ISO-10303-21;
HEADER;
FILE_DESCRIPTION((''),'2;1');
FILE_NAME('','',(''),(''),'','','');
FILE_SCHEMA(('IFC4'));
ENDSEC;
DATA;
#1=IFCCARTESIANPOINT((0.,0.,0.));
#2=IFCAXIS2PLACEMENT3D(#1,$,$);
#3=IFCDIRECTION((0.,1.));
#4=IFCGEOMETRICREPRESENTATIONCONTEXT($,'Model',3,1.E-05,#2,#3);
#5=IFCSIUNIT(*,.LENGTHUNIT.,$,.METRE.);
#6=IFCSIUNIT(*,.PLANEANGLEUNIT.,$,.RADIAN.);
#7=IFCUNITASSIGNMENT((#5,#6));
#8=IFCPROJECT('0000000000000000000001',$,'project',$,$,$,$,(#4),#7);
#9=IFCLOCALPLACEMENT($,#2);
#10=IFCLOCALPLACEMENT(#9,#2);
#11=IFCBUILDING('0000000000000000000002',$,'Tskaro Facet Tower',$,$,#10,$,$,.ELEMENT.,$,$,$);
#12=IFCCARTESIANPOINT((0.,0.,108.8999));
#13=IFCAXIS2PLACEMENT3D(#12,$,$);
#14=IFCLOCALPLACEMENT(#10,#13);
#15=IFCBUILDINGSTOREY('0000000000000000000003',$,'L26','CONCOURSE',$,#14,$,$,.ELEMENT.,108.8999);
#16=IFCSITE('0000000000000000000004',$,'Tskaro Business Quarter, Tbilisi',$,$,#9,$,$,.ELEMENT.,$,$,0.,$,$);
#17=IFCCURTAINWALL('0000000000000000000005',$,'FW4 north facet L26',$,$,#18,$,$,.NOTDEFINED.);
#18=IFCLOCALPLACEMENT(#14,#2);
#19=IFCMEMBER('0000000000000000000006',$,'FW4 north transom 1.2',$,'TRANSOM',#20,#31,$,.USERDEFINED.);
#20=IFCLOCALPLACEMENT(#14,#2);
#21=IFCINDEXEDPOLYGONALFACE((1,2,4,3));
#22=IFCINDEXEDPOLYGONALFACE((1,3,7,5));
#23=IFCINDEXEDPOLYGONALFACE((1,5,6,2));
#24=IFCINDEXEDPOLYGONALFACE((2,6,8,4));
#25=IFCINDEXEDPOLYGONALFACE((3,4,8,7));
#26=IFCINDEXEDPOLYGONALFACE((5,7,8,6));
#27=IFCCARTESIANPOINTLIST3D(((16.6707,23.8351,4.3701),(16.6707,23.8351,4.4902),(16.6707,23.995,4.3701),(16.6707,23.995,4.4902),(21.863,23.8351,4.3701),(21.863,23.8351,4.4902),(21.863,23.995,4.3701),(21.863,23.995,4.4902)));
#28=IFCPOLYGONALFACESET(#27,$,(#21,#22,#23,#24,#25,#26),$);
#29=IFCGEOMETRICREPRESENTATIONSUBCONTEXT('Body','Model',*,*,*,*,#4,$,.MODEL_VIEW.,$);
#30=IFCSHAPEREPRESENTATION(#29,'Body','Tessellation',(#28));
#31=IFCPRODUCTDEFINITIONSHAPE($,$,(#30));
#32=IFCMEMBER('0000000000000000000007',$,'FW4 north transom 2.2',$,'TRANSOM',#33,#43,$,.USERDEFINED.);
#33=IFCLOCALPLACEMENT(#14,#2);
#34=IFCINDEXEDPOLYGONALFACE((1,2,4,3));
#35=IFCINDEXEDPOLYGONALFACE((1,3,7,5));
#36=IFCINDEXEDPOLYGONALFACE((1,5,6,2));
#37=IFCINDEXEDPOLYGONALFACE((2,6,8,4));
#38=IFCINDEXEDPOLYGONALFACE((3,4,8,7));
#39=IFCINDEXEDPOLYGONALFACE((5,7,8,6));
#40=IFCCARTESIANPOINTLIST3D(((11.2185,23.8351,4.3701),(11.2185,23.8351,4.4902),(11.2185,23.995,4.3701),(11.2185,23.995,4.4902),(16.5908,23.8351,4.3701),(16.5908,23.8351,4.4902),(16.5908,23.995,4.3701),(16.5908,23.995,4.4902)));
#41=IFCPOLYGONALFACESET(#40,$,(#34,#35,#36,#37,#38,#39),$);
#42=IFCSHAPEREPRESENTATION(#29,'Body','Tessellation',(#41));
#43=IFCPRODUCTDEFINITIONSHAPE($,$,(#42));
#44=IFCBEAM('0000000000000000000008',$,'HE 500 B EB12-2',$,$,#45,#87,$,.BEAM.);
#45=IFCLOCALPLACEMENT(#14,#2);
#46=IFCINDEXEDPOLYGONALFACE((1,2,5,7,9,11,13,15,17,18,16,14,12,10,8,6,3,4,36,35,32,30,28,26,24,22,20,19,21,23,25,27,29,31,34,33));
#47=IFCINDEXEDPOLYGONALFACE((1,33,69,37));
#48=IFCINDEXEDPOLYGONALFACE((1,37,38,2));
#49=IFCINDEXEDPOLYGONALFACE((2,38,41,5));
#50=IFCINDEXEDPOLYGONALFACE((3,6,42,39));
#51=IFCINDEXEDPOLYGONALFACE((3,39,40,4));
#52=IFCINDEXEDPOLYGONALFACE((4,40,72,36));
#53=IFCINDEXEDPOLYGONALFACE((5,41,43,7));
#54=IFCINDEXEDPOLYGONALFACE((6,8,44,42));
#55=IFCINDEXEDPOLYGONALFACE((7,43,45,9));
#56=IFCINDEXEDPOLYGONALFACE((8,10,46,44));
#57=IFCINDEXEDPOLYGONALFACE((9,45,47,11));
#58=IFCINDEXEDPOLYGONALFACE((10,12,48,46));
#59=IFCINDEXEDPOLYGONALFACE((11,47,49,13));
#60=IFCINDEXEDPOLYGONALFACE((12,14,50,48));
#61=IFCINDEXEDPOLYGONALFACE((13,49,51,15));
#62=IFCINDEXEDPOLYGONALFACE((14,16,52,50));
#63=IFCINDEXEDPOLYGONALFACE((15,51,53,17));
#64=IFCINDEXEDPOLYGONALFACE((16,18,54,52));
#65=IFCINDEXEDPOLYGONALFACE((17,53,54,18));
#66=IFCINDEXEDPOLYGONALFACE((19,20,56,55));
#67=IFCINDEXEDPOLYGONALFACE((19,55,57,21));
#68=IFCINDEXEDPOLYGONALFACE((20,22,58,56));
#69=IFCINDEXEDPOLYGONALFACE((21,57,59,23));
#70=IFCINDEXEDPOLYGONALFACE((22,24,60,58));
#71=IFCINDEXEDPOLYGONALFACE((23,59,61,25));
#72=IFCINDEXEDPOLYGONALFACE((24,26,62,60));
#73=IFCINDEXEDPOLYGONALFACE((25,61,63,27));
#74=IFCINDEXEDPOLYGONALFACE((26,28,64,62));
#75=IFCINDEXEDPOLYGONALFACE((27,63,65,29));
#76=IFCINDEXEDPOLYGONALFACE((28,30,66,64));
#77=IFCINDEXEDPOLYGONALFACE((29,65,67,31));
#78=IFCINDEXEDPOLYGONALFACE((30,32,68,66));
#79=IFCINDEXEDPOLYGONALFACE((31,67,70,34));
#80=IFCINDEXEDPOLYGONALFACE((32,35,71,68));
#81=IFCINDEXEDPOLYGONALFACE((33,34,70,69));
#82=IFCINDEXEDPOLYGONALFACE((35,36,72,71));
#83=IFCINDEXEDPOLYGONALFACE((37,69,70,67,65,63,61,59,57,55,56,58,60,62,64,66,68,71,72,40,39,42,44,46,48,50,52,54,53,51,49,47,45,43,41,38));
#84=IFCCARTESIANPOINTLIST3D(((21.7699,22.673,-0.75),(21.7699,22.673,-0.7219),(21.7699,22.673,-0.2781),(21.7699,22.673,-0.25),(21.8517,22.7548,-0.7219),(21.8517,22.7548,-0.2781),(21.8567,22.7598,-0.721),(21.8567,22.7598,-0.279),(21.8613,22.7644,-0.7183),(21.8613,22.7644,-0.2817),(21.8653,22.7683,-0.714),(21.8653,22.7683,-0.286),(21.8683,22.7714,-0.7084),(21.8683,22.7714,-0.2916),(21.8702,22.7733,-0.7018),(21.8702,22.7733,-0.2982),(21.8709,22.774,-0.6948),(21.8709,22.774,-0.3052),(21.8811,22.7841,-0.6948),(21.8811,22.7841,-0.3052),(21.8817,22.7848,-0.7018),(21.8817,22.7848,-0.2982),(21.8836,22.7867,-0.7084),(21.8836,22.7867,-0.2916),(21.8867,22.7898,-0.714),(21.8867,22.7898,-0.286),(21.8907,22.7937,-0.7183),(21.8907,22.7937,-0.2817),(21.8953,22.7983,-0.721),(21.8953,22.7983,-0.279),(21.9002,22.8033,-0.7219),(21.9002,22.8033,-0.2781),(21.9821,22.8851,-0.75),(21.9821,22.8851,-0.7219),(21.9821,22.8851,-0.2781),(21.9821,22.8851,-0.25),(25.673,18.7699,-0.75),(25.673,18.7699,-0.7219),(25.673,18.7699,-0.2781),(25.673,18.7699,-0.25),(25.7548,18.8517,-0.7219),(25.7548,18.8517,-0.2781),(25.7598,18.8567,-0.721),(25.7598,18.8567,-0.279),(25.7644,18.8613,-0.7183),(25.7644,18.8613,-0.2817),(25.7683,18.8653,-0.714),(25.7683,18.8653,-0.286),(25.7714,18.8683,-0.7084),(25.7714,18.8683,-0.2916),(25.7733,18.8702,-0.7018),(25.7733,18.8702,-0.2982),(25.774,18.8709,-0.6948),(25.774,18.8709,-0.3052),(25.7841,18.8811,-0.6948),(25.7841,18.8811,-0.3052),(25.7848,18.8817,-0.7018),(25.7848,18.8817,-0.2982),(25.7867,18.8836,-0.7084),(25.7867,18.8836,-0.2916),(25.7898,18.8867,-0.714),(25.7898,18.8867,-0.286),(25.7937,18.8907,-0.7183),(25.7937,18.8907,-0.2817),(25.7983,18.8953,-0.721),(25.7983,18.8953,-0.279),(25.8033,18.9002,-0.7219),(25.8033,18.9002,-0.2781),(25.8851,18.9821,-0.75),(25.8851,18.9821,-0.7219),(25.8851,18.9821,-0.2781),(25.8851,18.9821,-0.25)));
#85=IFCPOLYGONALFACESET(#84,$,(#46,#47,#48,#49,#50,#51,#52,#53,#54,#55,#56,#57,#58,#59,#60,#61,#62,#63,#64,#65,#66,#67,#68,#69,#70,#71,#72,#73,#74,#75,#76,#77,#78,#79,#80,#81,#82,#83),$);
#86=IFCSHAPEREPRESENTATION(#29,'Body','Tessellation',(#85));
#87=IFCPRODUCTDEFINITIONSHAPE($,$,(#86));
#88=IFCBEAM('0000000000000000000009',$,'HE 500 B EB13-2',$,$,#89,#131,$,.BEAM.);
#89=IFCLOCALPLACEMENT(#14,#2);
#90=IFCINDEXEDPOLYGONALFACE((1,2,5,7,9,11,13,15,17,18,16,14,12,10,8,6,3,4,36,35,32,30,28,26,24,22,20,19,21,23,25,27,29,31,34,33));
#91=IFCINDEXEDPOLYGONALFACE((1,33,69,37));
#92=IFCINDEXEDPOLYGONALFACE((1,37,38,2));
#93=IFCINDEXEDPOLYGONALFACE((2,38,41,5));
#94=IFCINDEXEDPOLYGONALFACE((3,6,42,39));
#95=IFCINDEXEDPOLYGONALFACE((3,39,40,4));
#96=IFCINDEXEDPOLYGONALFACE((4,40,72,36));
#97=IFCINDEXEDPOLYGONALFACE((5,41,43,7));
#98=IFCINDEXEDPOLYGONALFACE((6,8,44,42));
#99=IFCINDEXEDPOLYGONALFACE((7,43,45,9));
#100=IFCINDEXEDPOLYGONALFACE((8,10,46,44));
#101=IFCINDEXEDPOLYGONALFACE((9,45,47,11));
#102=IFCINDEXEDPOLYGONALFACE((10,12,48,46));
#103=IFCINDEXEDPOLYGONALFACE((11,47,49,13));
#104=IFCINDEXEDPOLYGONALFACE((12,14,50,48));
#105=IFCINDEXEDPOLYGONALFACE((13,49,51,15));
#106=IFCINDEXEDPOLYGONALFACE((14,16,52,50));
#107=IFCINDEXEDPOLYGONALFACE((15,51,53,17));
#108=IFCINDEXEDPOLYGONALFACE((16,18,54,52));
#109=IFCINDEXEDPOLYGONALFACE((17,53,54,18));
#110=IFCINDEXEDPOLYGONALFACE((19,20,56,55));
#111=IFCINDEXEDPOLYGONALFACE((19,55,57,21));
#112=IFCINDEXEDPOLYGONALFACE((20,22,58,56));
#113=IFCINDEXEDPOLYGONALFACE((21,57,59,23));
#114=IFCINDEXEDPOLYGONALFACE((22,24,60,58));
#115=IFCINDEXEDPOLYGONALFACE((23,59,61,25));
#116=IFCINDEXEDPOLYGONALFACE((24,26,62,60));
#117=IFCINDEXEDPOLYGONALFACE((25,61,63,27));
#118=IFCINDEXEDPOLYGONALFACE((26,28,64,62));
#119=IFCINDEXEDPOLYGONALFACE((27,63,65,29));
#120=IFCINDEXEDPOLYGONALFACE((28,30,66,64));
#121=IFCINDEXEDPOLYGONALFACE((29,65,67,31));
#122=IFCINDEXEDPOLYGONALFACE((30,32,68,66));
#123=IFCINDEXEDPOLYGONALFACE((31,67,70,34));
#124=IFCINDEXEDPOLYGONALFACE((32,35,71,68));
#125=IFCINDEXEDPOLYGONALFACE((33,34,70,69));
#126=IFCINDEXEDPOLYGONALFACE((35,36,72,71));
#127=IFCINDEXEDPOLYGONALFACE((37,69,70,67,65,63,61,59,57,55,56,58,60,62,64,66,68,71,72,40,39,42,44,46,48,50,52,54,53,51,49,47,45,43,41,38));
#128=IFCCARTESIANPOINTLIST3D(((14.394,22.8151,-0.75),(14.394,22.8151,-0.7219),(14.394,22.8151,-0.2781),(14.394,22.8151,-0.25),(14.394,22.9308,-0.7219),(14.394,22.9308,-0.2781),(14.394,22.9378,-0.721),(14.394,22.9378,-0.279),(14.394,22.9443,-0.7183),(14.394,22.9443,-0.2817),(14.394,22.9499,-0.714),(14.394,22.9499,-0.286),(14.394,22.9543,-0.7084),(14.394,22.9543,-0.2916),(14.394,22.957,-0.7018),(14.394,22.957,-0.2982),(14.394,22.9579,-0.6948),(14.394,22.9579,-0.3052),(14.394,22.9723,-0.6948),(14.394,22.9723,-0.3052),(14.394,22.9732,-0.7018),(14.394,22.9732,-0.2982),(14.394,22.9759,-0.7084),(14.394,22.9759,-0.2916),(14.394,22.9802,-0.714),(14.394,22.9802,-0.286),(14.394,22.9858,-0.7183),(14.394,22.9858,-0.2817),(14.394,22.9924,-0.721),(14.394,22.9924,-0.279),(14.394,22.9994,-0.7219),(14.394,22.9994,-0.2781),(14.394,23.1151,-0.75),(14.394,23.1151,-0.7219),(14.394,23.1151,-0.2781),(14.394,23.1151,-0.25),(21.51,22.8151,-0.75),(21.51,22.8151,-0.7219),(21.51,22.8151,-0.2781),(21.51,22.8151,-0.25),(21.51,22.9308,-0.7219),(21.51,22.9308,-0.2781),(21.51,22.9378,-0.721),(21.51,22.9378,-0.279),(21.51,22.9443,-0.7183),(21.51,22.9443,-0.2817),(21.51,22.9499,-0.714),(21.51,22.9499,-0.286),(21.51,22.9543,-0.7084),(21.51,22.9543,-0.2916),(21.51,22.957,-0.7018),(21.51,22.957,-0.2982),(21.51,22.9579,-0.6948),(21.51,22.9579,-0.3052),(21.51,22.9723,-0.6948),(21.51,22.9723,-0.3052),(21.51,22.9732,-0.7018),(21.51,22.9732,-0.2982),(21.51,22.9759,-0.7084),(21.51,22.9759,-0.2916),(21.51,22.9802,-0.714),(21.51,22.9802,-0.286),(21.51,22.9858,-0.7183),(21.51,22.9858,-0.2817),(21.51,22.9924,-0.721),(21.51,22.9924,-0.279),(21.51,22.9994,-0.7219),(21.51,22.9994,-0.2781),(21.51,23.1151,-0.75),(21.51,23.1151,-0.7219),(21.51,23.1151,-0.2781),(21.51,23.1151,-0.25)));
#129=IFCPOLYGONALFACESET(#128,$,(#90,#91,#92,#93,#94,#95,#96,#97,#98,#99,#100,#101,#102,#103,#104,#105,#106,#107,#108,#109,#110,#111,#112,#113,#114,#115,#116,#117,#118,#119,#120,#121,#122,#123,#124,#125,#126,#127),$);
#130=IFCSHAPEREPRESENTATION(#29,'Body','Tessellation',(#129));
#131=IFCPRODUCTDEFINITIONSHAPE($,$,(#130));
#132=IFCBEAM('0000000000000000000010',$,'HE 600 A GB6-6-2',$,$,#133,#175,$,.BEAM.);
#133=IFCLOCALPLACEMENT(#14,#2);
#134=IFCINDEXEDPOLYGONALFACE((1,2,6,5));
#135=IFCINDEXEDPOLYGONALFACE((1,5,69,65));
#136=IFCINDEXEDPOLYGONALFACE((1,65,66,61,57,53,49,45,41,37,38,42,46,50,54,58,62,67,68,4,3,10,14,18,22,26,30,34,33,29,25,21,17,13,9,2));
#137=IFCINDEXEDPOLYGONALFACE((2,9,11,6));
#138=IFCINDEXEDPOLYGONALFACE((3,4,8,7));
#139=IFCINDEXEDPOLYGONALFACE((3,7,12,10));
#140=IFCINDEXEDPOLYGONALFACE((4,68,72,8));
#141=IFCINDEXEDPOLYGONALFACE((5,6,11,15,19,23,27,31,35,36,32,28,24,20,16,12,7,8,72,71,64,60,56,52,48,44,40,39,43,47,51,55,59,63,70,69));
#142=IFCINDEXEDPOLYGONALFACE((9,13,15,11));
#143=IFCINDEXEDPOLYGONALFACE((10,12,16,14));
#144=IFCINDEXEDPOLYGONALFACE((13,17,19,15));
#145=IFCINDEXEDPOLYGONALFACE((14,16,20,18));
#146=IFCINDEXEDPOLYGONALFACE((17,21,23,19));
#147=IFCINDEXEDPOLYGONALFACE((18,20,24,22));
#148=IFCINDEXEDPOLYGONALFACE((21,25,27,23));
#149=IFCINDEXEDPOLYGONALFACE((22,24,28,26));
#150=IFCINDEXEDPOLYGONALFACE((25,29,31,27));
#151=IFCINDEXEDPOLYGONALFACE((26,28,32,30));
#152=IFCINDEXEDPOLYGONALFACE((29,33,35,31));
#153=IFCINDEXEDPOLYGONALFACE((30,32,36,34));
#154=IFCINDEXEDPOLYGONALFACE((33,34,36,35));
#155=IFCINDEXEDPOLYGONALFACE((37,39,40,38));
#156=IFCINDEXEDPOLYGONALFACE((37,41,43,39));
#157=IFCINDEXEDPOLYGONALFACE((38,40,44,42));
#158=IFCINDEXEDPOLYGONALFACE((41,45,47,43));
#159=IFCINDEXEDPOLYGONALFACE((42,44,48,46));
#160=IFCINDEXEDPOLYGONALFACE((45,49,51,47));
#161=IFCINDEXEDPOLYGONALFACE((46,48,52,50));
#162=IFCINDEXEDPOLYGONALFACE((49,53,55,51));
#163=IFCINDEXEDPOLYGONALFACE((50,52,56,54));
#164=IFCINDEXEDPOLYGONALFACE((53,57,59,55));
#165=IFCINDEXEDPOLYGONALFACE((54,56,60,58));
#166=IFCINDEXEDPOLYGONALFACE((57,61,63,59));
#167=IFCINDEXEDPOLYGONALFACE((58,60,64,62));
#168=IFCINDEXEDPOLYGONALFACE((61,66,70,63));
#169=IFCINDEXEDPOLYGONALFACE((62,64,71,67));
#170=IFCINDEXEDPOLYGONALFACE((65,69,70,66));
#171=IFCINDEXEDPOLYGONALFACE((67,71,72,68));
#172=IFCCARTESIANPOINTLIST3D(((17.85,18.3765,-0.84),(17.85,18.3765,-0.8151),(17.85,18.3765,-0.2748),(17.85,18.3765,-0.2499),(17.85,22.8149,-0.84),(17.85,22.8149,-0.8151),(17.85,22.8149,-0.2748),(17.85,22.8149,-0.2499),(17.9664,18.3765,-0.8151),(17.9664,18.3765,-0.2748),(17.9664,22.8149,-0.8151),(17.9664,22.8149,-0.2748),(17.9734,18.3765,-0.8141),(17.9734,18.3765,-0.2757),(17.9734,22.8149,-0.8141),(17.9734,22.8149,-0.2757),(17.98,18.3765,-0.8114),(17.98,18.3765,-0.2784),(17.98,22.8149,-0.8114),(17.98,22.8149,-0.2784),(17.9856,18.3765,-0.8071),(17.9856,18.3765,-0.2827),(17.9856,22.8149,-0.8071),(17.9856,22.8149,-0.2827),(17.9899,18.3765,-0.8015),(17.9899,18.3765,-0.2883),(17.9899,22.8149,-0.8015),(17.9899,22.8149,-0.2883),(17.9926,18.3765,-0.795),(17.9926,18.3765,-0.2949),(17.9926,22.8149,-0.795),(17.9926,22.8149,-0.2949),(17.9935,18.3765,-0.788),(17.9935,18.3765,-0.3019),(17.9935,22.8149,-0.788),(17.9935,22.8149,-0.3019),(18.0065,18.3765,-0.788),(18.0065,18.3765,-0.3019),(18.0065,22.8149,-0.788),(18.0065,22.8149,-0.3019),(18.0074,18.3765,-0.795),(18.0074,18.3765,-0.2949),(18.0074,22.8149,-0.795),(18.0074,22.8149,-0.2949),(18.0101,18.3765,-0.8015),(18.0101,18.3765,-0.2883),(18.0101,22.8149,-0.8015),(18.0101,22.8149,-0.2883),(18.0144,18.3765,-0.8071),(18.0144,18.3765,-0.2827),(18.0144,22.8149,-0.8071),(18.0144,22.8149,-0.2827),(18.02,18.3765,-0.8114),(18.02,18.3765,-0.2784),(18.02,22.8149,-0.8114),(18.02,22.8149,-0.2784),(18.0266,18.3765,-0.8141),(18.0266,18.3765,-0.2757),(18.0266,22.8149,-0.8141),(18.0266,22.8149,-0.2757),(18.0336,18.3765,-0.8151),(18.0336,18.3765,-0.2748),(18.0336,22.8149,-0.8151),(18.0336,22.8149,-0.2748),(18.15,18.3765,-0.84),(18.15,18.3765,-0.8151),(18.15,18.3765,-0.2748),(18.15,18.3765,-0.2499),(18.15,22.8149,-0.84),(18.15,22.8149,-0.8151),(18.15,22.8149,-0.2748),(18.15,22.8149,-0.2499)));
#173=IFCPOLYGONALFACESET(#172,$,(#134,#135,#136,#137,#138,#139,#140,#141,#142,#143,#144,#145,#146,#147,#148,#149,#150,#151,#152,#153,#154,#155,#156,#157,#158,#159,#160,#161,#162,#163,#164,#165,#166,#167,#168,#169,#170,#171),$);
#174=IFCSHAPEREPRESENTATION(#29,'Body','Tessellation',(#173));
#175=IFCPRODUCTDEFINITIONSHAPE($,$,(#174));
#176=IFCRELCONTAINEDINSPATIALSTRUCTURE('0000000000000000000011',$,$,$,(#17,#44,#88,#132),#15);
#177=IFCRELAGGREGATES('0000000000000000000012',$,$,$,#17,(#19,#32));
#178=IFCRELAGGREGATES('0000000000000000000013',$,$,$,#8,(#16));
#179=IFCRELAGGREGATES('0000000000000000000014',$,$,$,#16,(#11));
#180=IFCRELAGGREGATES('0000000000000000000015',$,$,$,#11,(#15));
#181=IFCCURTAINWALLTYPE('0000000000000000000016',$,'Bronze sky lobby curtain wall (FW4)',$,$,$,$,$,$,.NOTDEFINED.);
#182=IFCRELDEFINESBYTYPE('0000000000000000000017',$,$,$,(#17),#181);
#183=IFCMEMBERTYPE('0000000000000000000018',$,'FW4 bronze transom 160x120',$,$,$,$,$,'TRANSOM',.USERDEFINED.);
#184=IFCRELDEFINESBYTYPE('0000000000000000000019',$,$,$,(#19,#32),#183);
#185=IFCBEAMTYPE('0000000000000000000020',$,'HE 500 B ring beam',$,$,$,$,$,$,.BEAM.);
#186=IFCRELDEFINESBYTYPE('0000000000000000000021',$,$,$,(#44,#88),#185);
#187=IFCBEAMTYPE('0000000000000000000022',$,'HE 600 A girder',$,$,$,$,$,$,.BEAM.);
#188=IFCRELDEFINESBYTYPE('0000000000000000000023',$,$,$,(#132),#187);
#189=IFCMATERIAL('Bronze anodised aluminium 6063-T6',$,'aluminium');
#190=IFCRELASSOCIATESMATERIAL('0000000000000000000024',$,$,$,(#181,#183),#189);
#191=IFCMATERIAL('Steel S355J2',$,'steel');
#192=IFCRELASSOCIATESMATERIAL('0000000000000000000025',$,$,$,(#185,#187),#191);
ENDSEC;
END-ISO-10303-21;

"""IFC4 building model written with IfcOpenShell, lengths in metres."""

from ifc_helpers import new_model, si_unit, direction, frame, origin, origin_2d, place, context, subcontext, project, spatial, rectangle, i_section, extrude, material, material_profile, profile_set, type_object, element, aggregate, save


model = new_model("IFC4")

# Units and contexts
model_context = context("Model", 3, precision=1e-05, world=origin(), true_north=direction((0.0, 1.0)))
body_context = subcontext(model_context, "Body", "Model", "MODEL_VIEW")
ifc_project = project(units=[si_unit("LENGTHUNIT", "METRE"), si_unit("PLANEANGLEUNIT", "RADIAN")], contexts=[model_context])

# Site, building, storey
site_placement = place(None, origin())
site = spatial("IfcSite", under=ifc_project, at=site_placement, Name="Tskaro Business Quarter, Tbilisi", CompositionType="ELEMENT", RefElevation=0.0)
building_placement = place(site_placement, origin())
building = spatial("IfcBuilding", under=site, at=building_placement, Name="Tskaro Facet Tower", CompositionType="ELEMENT")
storey_placement = place(building_placement, frame((0.0, 0.0, 108.8999)))
storey = spatial("IfcBuildingStorey", under=building, at=storey_placement, Name="L26", Description="CONCOURSE", CompositionType="ELEMENT", Elevation=108.8999)

# Curtain wall
ifc_material_1 = material(Name="Bronze anodised aluminium 6063-T6", Category="aluminium")
curtain_wall_type = type_object("IfcCurtainWallType", Name="Bronze sky lobby curtain wall (FW4)", PredefinedType="NOTDEFINED", material=ifc_material_1)
curtain_wall_1_placement = place(storey_placement, origin())
curtain_wall_1 = element("IfcCurtainWall", 1, at=curtain_wall_1_placement, inside=storey, type_object=curtain_wall_type, Name="FW4 north facet L26", PredefinedType="NOTDEFINED")

# Members
ifc_material_profile_1 = material_profile(ifc_material_1, rectangle(XDim=0.1599, YDim=0.1201, at=origin_2d()), Name="Transom 160x120")
ifc_profile_set_1 = profile_set([ifc_material_profile_1], Name="Bronze anodised aluminium 6063-T6")
member_type_1 = type_object("IfcMemberType", Name="FW4 bronze transom 160x120", ElementType="TRANSOM", PredefinedType="USERDEFINED", material=ifc_profile_set_1)
member_1_placement = place(storey_placement, frame((21.863, 23.915, 4.4302), z_axis=(-1.0, 0.0, 0.0), x_axis=(0.0, -1.0, 0.0)))
member_1 = element("IfcMember", 2, at=member_1_placement, type_object=member_type_1, Name="FW4 north transom 1.2", ObjectType="TRANSOM", PredefinedType="USERDEFINED", context=body_context, shape_type="SweptSolid", body=[
    extrude(rectangle(XDim=0.1599, YDim=0.1201, at=origin_2d()), origin(), (0.0, 0.0, 1.0), 5.1924),
])
member_2_placement = place(storey_placement, frame((16.5908, 23.915, 4.4302), z_axis=(-1.0, 0.0, 0.0), x_axis=(0.0, -1.0, 0.0)))
member_2 = element("IfcMember", 3, at=member_2_placement, type_object=member_type_1, Name="FW4 north transom 2.2", ObjectType="TRANSOM", PredefinedType="USERDEFINED", context=body_context, shape_type="SweptSolid", body=[
    extrude(rectangle(XDim=0.1599, YDim=0.1201, at=origin_2d()), origin(), (0.0, 0.0, 1.0), 5.3723),
])

# Beams
ifc_material_2 = material(Name="Steel S355J2", Category="steel")
ifc_material_profile_2 = material_profile(ifc_material_2, i_section(OverallWidth=0.3, OverallDepth=0.5, WebThickness=0.0144, FlangeThickness=0.0281, FilletRadius=0.0271, at=origin_2d()), Name="HE 500 B")
ifc_profile_set_2 = profile_set([ifc_material_profile_2], Name="Steel S355J2")
beam_type_1 = type_object("IfcBeamType", Name="HE 500 B ring beam", PredefinedType="BEAM", material=ifc_profile_set_2)
beam_1_placement = place(storey_placement, frame((25.7791, 18.876, -0.5), z_axis=(-0.707107, 0.707107, 0.0), x_axis=(-0.707107, -0.707107, 0.0)))
element("IfcBeam", 4, at=beam_1_placement, inside=storey, type_object=beam_type_1, Name="HE 500 B EB12-2", PredefinedType="BEAM", context=body_context, shape_type="SweptSolid", body=[
    extrude(i_section(OverallWidth=0.3, OverallDepth=0.5, WebThickness=0.0144, FlangeThickness=0.0281, FilletRadius=0.0271, at=origin_2d()), origin(), (0.0, 0.0, 1.0), 5.5198),
])
beam_2_placement = place(storey_placement, frame((21.51, 22.9651, -0.5), z_axis=(-1.0, 0.0, 0.0), x_axis=(0.0, -1.0, 0.0)))
element("IfcBeam", 5, at=beam_2_placement, inside=storey, type_object=beam_type_1, Name="HE 500 B EB13-2", PredefinedType="BEAM", context=body_context, shape_type="SweptSolid", body=[
    extrude(i_section(OverallWidth=0.3, OverallDepth=0.5, WebThickness=0.0144, FlangeThickness=0.0281, FilletRadius=0.0271, at=origin_2d()), origin(), (0.0, 0.0, 1.0), 7.116),
])
ifc_material_profile_3 = material_profile(ifc_material_2, i_section(OverallWidth=0.3, OverallDepth=0.5901, WebThickness=0.0129, FlangeThickness=0.0249, FilletRadius=0.0271, at=origin_2d()), Name="HE 600 A")
ifc_profile_set_3 = profile_set([ifc_material_profile_3], Name="Steel S355J2")
beam_type_2 = type_object("IfcBeamType", Name="HE 600 A girder", PredefinedType="BEAM", material=ifc_profile_set_3)
beam_3_placement = place(storey_placement, frame((18.0, 18.3765, -0.5449), z_axis=(0.0, 1.0, 0.0), x_axis=(-1.0, 0.0, 0.0)))
element("IfcBeam", 6, at=beam_3_placement, inside=storey, type_object=beam_type_2, Name="HE 600 A GB6-6-2", PredefinedType="BEAM", context=body_context, shape_type="SweptSolid", body=[
    extrude(i_section(OverallWidth=0.3, OverallDepth=0.5901, WebThickness=0.0129, FlangeThickness=0.0249, FilletRadius=0.0271, at=origin_2d()), origin(), (0.0, 0.0, 1.0), 4.4385),
])

aggregate(curtain_wall_1, [member_1, member_2])

save(model, "model.ifc")
